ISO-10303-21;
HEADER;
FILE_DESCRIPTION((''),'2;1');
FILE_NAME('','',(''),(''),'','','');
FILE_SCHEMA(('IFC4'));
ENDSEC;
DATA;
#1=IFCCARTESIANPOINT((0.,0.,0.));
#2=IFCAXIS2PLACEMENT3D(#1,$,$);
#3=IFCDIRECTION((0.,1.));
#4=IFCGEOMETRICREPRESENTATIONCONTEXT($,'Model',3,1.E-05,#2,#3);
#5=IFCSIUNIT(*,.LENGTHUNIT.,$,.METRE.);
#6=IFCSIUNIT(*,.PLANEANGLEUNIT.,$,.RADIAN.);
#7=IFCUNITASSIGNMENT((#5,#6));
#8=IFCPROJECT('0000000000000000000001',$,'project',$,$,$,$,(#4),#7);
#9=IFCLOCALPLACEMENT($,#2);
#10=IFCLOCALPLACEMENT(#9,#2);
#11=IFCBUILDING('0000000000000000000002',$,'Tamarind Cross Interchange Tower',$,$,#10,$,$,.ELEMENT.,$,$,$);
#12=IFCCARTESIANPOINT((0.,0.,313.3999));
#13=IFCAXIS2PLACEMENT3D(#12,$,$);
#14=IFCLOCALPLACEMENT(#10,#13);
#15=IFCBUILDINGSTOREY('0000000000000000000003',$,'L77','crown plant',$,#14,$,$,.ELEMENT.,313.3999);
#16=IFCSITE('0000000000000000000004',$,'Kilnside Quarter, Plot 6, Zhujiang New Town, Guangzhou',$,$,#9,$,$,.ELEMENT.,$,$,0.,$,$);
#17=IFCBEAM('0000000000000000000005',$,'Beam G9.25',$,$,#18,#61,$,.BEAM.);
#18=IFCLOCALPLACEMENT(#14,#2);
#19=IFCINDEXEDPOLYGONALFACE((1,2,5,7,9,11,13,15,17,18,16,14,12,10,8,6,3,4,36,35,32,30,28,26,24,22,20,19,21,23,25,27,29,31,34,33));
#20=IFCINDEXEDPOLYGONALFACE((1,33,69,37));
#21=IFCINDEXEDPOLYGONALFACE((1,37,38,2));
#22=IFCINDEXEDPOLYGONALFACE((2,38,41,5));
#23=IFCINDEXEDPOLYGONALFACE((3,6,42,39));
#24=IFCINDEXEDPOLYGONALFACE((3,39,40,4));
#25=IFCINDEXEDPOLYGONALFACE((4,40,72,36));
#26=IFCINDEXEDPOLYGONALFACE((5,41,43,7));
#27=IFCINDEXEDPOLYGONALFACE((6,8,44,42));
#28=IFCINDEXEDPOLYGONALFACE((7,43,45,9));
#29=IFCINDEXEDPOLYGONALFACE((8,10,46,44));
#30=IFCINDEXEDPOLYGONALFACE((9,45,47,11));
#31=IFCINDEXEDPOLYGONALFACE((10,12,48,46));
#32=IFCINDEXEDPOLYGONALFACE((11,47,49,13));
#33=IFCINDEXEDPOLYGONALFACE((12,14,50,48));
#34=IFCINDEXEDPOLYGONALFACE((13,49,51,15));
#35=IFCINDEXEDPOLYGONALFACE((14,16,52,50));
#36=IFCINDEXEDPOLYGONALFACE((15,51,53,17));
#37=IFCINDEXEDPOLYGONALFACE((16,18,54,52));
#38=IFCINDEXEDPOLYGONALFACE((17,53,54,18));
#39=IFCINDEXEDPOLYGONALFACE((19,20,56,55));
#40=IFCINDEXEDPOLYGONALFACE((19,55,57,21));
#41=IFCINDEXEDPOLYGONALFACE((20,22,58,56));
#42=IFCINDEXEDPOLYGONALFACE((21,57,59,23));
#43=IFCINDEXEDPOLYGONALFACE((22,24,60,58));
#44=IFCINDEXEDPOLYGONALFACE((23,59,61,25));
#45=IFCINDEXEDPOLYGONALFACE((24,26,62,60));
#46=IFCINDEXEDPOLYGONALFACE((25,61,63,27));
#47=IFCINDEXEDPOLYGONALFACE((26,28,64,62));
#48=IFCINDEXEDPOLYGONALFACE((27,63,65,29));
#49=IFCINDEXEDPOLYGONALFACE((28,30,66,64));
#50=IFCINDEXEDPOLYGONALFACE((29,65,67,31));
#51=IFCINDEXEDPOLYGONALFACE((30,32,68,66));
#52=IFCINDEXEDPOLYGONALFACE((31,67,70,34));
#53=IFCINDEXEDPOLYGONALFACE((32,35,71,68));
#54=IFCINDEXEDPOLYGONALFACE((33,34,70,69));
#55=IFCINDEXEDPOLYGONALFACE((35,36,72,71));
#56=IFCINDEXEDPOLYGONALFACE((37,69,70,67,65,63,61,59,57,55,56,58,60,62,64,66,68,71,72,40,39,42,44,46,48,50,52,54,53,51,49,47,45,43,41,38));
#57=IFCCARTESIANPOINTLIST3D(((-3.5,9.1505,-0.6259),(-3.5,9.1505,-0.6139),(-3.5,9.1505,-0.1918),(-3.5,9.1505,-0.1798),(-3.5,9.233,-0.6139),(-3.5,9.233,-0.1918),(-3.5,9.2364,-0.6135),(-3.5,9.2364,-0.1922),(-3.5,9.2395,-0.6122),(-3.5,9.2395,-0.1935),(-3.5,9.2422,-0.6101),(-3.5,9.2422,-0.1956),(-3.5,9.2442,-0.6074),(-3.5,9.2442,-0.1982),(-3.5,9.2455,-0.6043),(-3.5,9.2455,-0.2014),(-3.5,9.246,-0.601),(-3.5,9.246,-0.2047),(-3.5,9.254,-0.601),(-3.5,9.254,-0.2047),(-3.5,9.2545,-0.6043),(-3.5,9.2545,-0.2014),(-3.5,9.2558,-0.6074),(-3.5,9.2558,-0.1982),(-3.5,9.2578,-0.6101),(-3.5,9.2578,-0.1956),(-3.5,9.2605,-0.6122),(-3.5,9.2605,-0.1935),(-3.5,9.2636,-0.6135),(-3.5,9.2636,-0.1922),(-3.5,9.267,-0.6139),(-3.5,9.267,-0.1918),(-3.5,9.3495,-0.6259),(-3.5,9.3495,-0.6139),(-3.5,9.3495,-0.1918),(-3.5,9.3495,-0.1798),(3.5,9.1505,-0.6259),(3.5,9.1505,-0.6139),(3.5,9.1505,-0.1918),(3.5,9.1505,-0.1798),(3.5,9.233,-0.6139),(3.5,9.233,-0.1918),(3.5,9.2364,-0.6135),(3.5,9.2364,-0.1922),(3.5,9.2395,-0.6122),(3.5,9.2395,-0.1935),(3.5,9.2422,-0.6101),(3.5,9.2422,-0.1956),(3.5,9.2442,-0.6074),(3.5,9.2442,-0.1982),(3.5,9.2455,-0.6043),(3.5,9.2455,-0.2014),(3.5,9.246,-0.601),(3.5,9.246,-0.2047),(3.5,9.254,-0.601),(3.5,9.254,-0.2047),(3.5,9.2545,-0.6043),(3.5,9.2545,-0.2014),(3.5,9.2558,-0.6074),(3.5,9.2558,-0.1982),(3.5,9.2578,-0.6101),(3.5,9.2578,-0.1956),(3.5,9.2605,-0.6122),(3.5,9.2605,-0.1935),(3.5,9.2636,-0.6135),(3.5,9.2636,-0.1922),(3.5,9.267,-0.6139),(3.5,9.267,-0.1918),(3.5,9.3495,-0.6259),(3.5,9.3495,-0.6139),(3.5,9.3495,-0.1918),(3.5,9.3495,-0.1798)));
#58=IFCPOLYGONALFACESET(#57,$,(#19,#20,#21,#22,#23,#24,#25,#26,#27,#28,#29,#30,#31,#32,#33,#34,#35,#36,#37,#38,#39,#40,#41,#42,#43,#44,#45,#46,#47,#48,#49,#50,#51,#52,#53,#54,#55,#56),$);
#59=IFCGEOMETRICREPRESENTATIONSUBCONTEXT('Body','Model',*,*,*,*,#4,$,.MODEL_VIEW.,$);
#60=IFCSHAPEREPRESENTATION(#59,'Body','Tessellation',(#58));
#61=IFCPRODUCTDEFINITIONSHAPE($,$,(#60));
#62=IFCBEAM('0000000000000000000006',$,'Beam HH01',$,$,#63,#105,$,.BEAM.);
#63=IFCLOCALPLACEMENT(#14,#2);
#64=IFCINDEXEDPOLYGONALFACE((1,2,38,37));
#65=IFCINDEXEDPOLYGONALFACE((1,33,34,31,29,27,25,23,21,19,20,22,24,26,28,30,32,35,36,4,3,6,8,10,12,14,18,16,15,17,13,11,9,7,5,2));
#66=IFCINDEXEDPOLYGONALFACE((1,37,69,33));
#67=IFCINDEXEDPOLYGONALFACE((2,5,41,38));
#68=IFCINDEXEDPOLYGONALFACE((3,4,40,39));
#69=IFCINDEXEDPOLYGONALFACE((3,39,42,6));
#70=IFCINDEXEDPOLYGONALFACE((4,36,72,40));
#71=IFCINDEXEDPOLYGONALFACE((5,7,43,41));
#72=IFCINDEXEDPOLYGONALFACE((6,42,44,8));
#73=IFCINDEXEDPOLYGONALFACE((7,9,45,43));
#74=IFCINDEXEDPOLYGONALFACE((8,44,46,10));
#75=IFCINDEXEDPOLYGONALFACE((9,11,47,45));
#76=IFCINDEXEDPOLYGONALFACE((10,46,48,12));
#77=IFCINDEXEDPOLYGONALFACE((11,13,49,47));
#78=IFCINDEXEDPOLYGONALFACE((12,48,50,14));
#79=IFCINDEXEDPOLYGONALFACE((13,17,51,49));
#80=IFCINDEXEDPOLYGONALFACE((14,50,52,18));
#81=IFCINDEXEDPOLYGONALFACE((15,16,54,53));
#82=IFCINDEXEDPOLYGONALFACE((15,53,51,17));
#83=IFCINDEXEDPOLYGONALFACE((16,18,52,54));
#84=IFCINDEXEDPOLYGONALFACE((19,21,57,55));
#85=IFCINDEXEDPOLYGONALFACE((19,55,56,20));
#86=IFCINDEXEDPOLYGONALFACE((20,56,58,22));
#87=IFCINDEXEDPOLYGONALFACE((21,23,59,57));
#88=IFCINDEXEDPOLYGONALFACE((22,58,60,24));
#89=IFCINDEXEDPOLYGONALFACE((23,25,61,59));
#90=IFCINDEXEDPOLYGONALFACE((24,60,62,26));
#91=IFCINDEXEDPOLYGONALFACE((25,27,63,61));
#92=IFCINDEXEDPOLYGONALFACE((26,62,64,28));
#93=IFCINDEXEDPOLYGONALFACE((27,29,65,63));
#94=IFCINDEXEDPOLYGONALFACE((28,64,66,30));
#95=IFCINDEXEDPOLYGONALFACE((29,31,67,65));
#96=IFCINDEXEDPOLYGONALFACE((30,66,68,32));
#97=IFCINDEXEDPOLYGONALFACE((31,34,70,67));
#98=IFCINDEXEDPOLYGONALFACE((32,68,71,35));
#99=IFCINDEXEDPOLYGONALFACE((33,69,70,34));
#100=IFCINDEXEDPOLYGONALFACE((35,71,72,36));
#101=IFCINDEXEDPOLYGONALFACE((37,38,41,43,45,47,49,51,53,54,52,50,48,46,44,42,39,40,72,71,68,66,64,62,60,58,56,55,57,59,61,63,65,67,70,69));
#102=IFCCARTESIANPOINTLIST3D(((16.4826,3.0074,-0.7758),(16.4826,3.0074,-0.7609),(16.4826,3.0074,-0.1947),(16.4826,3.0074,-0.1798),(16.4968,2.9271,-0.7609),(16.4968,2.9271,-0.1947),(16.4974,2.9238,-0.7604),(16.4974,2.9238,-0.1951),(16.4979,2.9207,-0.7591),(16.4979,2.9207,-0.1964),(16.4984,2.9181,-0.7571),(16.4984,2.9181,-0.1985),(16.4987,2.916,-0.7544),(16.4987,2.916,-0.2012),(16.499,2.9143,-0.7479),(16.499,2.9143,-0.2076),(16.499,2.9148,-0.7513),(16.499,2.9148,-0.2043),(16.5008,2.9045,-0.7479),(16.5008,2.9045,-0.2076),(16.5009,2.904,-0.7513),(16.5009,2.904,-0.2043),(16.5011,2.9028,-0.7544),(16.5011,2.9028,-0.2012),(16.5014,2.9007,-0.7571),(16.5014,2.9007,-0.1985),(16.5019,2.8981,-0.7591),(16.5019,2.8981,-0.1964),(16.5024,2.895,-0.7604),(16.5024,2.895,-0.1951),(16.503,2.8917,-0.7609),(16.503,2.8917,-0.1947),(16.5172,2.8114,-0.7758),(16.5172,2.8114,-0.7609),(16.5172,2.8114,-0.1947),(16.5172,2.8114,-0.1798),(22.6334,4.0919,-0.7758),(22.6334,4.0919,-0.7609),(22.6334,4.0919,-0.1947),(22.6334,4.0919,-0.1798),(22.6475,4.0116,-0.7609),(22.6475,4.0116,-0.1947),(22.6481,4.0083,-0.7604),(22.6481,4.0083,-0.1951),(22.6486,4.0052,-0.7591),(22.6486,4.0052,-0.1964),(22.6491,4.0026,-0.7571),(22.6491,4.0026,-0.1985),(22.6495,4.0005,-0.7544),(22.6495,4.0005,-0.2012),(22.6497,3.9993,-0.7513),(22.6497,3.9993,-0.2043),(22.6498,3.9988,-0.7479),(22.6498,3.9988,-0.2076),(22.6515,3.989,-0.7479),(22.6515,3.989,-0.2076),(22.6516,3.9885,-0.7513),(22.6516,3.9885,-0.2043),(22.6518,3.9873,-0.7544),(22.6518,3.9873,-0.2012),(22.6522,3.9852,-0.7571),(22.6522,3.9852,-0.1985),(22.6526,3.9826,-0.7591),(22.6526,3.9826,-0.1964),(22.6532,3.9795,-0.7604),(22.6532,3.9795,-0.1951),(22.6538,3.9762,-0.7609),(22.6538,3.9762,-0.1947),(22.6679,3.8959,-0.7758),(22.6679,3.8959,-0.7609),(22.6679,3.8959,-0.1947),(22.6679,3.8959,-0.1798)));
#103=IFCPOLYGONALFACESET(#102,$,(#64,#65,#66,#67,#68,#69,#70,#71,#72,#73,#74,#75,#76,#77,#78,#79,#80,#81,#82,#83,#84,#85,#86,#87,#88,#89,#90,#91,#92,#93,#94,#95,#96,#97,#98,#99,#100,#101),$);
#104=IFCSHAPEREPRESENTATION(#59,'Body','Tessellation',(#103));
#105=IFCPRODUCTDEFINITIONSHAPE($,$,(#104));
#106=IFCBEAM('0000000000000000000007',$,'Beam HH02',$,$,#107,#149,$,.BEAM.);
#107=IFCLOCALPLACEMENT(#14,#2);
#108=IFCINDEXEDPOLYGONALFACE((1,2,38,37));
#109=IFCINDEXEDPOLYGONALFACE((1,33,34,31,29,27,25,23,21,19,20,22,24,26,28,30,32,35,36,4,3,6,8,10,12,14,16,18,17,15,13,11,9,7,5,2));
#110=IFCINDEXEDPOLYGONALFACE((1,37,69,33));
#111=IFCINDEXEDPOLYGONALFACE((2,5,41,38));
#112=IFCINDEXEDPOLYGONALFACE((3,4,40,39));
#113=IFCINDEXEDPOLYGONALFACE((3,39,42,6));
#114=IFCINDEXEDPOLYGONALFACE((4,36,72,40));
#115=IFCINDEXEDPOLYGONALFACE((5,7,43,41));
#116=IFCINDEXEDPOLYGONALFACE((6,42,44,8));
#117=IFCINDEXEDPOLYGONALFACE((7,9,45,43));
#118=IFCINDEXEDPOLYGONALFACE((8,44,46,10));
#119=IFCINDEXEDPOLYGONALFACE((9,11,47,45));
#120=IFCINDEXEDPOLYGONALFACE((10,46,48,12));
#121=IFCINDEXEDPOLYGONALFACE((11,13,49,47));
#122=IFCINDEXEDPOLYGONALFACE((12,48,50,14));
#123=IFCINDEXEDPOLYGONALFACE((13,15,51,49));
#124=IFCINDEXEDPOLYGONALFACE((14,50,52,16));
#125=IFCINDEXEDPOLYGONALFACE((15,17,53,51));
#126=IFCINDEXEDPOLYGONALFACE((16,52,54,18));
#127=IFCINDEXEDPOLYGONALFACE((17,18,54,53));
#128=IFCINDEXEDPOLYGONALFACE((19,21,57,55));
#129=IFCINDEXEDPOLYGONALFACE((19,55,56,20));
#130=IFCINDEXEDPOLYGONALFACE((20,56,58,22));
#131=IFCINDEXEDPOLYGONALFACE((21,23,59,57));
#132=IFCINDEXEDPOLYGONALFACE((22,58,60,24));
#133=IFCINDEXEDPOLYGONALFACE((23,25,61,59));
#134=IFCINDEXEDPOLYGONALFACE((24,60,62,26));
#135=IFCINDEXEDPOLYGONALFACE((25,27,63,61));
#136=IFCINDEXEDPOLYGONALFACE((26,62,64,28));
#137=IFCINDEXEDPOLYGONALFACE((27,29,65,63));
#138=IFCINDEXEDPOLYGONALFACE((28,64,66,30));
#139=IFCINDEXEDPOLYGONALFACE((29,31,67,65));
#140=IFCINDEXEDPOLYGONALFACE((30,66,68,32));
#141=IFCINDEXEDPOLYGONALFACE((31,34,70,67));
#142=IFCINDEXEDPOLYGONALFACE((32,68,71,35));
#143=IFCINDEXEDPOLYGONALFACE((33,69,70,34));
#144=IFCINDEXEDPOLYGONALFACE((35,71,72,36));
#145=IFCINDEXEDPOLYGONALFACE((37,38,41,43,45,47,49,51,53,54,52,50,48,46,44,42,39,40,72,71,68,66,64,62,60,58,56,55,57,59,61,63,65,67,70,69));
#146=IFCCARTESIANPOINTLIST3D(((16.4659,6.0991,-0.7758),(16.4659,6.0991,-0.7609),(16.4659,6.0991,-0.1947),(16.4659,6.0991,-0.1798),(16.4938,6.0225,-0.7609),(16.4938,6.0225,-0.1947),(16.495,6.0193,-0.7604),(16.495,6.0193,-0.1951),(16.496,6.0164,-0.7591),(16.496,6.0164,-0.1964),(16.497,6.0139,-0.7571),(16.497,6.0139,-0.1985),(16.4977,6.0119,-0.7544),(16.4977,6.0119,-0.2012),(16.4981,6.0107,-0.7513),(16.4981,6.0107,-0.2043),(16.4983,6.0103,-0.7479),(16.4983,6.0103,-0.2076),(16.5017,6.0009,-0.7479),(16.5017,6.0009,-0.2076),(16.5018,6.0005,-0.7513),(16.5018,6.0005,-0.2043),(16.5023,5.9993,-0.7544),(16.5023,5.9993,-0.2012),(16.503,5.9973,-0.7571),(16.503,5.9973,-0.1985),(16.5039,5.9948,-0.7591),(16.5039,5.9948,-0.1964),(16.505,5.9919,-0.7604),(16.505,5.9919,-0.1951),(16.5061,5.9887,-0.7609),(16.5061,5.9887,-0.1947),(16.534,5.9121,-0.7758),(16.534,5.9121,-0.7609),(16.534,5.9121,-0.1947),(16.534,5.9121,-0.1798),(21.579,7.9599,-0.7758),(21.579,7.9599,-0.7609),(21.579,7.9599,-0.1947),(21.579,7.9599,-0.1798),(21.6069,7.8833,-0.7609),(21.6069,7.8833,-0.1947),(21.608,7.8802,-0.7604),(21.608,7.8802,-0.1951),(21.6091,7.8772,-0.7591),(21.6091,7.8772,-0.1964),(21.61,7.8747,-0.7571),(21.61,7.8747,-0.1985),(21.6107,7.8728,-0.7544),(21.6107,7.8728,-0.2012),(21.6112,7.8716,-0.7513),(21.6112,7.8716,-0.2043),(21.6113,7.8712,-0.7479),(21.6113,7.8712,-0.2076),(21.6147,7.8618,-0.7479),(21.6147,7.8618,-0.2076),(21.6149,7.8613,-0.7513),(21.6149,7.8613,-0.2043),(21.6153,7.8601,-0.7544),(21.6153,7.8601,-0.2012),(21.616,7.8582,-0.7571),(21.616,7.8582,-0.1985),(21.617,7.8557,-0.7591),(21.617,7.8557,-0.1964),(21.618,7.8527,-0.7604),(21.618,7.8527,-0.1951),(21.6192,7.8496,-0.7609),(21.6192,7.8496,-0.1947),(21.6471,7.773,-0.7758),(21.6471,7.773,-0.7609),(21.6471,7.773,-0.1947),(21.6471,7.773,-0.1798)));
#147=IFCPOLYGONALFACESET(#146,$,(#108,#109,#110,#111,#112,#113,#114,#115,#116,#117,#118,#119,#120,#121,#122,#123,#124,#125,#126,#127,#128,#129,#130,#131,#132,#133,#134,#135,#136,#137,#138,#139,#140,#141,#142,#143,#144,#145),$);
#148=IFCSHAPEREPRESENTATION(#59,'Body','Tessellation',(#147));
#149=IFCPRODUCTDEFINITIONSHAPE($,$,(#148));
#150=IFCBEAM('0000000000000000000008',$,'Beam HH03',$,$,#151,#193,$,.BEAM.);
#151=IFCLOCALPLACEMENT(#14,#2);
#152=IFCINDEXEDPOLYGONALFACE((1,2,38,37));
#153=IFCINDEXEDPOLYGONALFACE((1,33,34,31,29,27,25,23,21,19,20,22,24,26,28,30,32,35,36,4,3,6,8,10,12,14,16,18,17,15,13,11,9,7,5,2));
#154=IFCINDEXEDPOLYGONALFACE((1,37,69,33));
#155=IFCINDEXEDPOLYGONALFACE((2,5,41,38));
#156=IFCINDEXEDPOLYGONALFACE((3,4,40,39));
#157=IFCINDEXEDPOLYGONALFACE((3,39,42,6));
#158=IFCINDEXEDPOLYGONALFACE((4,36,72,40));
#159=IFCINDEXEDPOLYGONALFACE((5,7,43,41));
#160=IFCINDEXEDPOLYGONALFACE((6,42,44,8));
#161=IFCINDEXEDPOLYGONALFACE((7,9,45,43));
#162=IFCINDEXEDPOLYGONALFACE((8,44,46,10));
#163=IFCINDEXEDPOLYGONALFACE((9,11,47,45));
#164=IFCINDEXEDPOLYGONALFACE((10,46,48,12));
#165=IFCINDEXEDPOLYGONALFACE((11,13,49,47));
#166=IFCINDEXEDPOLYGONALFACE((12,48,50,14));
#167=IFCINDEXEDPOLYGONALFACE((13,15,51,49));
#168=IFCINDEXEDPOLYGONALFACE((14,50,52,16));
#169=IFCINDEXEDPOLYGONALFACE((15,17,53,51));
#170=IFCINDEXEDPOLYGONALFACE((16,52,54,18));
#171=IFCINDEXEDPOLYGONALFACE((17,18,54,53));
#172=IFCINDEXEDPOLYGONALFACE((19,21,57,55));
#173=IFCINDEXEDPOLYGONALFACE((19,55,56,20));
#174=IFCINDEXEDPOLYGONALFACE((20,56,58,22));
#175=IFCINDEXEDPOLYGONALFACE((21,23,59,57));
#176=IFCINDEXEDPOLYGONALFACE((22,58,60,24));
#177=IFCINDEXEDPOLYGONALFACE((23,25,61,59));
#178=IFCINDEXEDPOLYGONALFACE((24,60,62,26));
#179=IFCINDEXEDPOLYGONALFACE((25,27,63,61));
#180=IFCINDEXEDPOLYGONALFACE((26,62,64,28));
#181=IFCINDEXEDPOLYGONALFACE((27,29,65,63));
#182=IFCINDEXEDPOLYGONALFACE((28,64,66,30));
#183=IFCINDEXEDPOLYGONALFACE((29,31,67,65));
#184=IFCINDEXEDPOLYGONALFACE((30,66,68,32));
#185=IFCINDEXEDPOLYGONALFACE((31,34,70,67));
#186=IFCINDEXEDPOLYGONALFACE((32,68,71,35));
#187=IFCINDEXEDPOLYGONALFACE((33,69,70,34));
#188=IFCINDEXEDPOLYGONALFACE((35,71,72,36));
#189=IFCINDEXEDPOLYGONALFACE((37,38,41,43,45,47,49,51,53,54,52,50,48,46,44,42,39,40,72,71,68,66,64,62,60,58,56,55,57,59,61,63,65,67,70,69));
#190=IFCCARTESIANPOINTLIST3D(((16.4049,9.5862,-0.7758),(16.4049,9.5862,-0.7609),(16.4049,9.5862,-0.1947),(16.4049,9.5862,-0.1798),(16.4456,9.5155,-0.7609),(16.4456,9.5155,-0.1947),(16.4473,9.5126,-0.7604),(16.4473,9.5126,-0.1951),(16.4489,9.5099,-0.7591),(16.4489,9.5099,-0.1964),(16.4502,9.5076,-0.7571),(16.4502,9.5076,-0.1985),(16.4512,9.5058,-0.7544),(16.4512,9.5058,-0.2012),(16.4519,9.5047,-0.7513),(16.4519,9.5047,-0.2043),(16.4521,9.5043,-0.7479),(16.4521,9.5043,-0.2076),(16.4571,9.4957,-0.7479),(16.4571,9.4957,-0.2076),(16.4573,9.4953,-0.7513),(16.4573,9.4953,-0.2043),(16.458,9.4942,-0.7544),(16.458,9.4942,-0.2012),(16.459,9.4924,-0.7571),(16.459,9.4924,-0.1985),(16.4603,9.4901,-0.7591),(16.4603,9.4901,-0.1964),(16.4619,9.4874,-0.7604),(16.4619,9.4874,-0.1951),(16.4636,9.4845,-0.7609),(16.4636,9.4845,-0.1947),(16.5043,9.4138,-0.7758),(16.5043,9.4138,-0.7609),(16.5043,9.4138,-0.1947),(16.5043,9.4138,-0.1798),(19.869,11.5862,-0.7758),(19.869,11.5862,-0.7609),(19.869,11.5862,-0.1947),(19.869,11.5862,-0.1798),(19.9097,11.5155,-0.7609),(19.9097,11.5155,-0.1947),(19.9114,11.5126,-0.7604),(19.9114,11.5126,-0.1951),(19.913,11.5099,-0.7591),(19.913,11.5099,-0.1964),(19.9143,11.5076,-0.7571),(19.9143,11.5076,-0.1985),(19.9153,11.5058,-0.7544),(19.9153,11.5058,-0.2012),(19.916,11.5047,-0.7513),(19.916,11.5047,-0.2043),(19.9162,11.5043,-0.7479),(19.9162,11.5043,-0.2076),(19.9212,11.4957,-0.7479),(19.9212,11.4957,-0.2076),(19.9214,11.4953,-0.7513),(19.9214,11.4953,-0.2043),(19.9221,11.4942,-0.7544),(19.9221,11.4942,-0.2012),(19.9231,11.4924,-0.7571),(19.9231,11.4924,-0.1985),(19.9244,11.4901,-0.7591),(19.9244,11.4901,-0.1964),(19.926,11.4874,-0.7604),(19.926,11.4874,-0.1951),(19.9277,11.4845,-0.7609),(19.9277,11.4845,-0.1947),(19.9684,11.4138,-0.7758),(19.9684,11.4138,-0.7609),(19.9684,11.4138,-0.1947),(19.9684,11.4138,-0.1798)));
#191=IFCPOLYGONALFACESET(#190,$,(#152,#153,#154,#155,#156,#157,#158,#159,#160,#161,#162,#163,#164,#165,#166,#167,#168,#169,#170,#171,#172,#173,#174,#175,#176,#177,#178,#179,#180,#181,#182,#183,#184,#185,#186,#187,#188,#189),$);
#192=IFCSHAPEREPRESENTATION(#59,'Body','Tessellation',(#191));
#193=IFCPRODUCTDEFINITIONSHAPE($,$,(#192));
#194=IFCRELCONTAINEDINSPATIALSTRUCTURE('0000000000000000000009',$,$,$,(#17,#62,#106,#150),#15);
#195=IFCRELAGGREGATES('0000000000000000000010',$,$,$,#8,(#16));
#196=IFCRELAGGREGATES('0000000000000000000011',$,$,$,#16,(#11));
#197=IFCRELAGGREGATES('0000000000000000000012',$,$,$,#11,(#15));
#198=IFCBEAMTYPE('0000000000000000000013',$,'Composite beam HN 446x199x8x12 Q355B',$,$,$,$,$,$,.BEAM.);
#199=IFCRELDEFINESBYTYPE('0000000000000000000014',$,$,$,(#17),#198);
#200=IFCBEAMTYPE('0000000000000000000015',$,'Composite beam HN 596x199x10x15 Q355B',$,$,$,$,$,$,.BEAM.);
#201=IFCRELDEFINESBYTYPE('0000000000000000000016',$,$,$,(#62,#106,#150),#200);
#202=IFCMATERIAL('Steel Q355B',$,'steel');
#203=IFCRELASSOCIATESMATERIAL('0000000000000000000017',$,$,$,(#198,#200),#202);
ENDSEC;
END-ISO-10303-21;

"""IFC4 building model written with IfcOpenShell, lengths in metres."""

from ifc_helpers import new_model, si_unit, direction, frame, origin, origin_2d, place, context, subcontext, project, spatial, i_section, extrude, material, material_profile, profile_set, type_object, element, save


model = new_model("IFC4")

# Units and contexts
model_context = context("Model", 3, precision=1e-05, world=origin(), true_north=direction((0.0, 1.0)))
body_context = subcontext(model_context, "Body", "Model", "MODEL_VIEW")
ifc_project = project(units=[si_unit("LENGTHUNIT", "METRE"), si_unit("PLANEANGLEUNIT", "RADIAN")], contexts=[model_context])

# Site, building, storey
site_placement = place(None, origin())
site = spatial("IfcSite", under=ifc_project, at=site_placement, Name="Kilnside Quarter, Plot 6, Zhujiang New Town, Guangzhou", CompositionType="ELEMENT", RefElevation=0.0)
building_placement = place(site_placement, origin())
building = spatial("IfcBuilding", under=site, at=building_placement, Name="Tamarind Cross Interchange Tower", CompositionType="ELEMENT")
storey_placement = place(building_placement, frame((0.0, 0.0, 313.3999)))
storey = spatial("IfcBuildingStorey", under=building, at=storey_placement, Name="L77", Description="crown plant", CompositionType="ELEMENT", Elevation=313.3999)

# Beams
ifc_material_1 = material(Name="Steel Q355B", Category="steel")
ifc_material_profile_1 = material_profile(ifc_material_1, i_section(OverallWidth=0.199, OverallDepth=0.446, WebThickness=0.0081, FlangeThickness=0.012, FilletRadius=0.0129, at=origin_2d()), Name="HN 446x199x8x12")
ifc_profile_set_1 = profile_set([ifc_material_profile_1], Name="Steel Q355B")
beam_type_1 = type_object("IfcBeamType", Name="Composite beam HN 446x199x8x12 Q355B", PredefinedType="BEAM", material=ifc_profile_set_1)
for number, where, z_axis, x_axis, name in (
    (1, (-3.5, 9.25, -0.4028), (1.0, 0.0, 0.0), (0.0, 1.0, 0.0), "Beam G9.25"),
):
    element("IfcBeam", number, at=place(storey_placement, frame(where, z_axis=z_axis, x_axis=x_axis)), inside=storey, type_object=beam_type_1, Name=name, PredefinedType="BEAM", context=body_context, shape_type="SweptSolid", body=[
        extrude(i_section(OverallWidth=0.199, OverallDepth=0.446, WebThickness=0.0081, FlangeThickness=0.012, FilletRadius=0.0129, at=origin_2d()), origin(), (0.0, 0.0, 1.0), 7.0),
    ])
ifc_material_profile_2 = material_profile(ifc_material_1, i_section(OverallWidth=0.199, OverallDepth=0.5959, WebThickness=0.01, FlangeThickness=0.0149, FilletRadius=0.0129, at=origin_2d()), Name="HN 596x199x10x15")
ifc_profile_set_2 = profile_set([ifc_material_profile_2], Name="Steel Q355B")
beam_type_2 = type_object("IfcBeamType", Name="Composite beam HN 596x199x10x15 Q355B", PredefinedType="BEAM", material=ifc_profile_set_2)
beam_1_placement = place(storey_placement, frame((22.6506, 3.9939, -0.4778), z_axis=(-0.984809, -0.17364, 0.0), x_axis=(0.17364, -0.984809, 0.0)))
element("IfcBeam", 2, at=beam_1_placement, inside=storey, type_object=beam_type_2, Name="Beam HH01", PredefinedType="BEAM", context=body_context, shape_type="SweptSolid", body=[
    extrude(i_section(OverallWidth=0.199, OverallDepth=0.5959, WebThickness=0.01, FlangeThickness=0.0149, FilletRadius=0.0129, at=origin_2d()), origin(), (0.0, 0.0, 1.0), 6.2456),
])
beam_2_placement = place(storey_placement, frame((21.613, 7.8665, -0.4778), z_axis=(-0.939702, -0.341995, 0.0), x_axis=(0.341995, -0.939702, 0.0)))
element("IfcBeam", 3, at=beam_2_placement, inside=storey, type_object=beam_type_2, Name="Beam HH02", PredefinedType="BEAM", context=body_context, shape_type="SweptSolid", body=[
    extrude(i_section(OverallWidth=0.199, OverallDepth=0.5959, WebThickness=0.01, FlangeThickness=0.0149, FilletRadius=0.0129, at=origin_2d()), origin(), (0.0, 0.0, 1.0), 5.4412),
])
beam_3_placement = place(storey_placement, frame((19.9187, 11.5, -0.4778), z_axis=(-0.866026, -0.499999, 0.0), x_axis=(0.499999, -0.866026, 0.0)))
element("IfcBeam", 4, at=beam_3_placement, inside=storey, type_object=beam_type_2, Name="Beam HH03", PredefinedType="BEAM", context=body_context, shape_type="SweptSolid", body=[
    extrude(i_section(OverallWidth=0.199, OverallDepth=0.5959, WebThickness=0.01, FlangeThickness=0.0149, FilletRadius=0.0129, at=origin_2d()), origin(), (0.0, 0.0, 1.0), 4.0),
])

save(model, "model.ifc")
